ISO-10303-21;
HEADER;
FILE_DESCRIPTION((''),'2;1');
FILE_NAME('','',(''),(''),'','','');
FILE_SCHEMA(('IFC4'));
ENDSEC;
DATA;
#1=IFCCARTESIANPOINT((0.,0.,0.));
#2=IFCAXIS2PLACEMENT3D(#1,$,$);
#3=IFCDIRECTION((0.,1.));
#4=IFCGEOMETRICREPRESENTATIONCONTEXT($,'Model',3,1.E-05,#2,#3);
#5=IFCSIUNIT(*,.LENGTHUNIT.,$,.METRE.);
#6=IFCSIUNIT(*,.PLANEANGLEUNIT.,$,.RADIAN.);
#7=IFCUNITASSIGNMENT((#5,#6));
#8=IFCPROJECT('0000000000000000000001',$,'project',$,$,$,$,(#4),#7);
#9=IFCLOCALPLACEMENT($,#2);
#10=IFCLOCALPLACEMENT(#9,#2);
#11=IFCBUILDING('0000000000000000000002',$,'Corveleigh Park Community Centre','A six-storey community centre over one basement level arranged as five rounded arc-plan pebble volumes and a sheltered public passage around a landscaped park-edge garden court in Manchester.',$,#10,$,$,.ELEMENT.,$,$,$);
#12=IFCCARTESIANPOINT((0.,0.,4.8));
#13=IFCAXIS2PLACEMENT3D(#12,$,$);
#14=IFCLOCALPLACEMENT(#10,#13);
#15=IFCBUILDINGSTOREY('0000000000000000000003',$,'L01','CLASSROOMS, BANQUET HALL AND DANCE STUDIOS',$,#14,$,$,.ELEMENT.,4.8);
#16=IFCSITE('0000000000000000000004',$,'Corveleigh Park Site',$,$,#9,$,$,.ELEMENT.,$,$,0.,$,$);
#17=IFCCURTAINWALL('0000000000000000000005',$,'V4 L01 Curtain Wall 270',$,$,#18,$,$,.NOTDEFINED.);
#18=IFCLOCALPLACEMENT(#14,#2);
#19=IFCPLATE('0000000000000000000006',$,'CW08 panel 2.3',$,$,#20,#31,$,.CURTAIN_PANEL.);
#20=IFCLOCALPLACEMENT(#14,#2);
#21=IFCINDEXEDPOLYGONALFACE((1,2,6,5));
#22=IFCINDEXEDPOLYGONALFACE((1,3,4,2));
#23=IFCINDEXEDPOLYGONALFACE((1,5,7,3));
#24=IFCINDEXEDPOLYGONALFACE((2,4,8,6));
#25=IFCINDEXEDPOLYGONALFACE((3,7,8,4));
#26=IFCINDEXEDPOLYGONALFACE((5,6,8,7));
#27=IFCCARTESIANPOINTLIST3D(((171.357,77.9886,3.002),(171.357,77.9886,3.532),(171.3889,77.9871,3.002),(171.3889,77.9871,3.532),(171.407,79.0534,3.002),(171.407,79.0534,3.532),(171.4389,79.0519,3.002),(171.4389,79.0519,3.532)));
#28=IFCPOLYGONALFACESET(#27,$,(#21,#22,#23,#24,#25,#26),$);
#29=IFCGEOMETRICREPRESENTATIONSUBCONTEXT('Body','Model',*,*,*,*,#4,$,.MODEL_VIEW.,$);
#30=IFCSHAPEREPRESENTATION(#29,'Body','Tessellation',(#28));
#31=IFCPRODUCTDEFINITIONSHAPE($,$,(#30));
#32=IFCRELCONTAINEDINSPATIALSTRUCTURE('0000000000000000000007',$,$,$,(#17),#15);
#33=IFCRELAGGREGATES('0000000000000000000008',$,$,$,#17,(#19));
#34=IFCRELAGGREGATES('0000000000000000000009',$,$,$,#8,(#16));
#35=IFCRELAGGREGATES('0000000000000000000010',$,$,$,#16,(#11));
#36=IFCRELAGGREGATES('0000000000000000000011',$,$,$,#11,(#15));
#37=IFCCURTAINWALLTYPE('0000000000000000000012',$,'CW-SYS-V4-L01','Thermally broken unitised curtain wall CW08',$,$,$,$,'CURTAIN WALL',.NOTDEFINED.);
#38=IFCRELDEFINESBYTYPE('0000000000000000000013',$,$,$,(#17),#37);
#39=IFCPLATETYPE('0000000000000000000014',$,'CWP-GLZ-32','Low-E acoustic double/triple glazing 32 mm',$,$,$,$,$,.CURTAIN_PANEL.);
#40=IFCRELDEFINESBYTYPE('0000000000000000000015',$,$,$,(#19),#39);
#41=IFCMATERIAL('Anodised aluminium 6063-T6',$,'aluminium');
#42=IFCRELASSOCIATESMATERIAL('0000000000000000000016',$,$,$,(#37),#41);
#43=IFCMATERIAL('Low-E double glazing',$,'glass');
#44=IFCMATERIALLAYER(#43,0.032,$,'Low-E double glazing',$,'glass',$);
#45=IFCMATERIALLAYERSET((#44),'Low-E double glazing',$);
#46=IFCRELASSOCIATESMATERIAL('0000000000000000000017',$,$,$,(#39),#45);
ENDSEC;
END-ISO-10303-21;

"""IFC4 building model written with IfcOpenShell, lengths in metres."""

from ifc_helpers import new_model, si_unit, direction, frame, origin, origin_2d, place, context, subcontext, project, spatial, rectangle, extrude, material, layer, layer_set, type_object, element, aggregate, save


model = new_model("IFC4")

# Units and contexts
model_context = context("Model", 3, precision=1e-05, world=origin(), true_north=direction((0.0, 1.0)))
body_context = subcontext(model_context, "Body", "Model", "MODEL_VIEW")
ifc_project = project(units=[si_unit("LENGTHUNIT", "METRE"), si_unit("PLANEANGLEUNIT", "RADIAN")], contexts=[model_context])

# Site, building, storey
site_placement = place(None, origin())
site = spatial("IfcSite", under=ifc_project, at=site_placement, Name="Corveleigh Park Site", CompositionType="ELEMENT", RefElevation=0.0)
building_placement = place(site_placement, origin())
building = spatial("IfcBuilding", under=site, at=building_placement, Name="Corveleigh Park Community Centre", Description="A six-storey community centre over one basement level arranged as five rounded arc-plan pebble volumes and a sheltered public passage around a landscaped park-edge garden court in Manchester.", CompositionType="ELEMENT")
storey_placement = place(building_placement, frame((0.0, 0.0, 4.8)))
storey = spatial("IfcBuildingStorey", under=building, at=storey_placement, Name="L01", Description="CLASSROOMS, BANQUET HALL AND DANCE STUDIOS", CompositionType="ELEMENT", Elevation=4.8)

# Curtain wall
ifc_material_1 = material(Name="Anodised aluminium 6063-T6", Category="aluminium")
curtain_wall_type = type_object("IfcCurtainWallType", Name="CW-SYS-V4-L01", Description="Thermally broken unitised curtain wall CW08", ElementType="CURTAIN WALL", PredefinedType="NOTDEFINED", material=ifc_material_1)
curtain_wall_1_placement = place(storey_placement, origin())
curtain_wall_1 = element("IfcCurtainWall", 1, at=curtain_wall_1_placement, inside=storey, type_object=curtain_wall_type, Name="V4 L01 Curtain Wall 270", PredefinedType="NOTDEFINED")

# Plate
ifc_material_2 = material(Name="Low-E double glazing", Category="glass")
ifc_layer = layer(ifc_material_2, 0.032, Name="Low-E double glazing", Category="glass")
ifc_layer_set = layer_set([ifc_layer], Name="Low-E double glazing")
plate_type = type_object("IfcPlateType", Name="CWP-GLZ-32", Description="Low-E acoustic double/triple glazing 32 mm", PredefinedType="CURTAIN_PANEL", material=ifc_layer_set)
plate_1_placement = place(storey_placement, frame((171.3979, 78.5203, 3.002), z_axis=(0.0, 0.0, 1.0), x_axis=(-0.046928, -0.998898, 0.0)))
plate_1 = element("IfcPlate", 2, at=plate_1_placement, type_object=plate_type, Name="CW08 panel 2.3", PredefinedType="CURTAIN_PANEL", context=body_context, shape_type="SweptSolid", body=[
    extrude(rectangle(XDim=1.0659, YDim=0.032, at=origin_2d()), origin(), (0.0, 0.0, 1.0), 0.53),
])
aggregate(curtain_wall_1, [plate_1])

save(model, "model.ifc")
